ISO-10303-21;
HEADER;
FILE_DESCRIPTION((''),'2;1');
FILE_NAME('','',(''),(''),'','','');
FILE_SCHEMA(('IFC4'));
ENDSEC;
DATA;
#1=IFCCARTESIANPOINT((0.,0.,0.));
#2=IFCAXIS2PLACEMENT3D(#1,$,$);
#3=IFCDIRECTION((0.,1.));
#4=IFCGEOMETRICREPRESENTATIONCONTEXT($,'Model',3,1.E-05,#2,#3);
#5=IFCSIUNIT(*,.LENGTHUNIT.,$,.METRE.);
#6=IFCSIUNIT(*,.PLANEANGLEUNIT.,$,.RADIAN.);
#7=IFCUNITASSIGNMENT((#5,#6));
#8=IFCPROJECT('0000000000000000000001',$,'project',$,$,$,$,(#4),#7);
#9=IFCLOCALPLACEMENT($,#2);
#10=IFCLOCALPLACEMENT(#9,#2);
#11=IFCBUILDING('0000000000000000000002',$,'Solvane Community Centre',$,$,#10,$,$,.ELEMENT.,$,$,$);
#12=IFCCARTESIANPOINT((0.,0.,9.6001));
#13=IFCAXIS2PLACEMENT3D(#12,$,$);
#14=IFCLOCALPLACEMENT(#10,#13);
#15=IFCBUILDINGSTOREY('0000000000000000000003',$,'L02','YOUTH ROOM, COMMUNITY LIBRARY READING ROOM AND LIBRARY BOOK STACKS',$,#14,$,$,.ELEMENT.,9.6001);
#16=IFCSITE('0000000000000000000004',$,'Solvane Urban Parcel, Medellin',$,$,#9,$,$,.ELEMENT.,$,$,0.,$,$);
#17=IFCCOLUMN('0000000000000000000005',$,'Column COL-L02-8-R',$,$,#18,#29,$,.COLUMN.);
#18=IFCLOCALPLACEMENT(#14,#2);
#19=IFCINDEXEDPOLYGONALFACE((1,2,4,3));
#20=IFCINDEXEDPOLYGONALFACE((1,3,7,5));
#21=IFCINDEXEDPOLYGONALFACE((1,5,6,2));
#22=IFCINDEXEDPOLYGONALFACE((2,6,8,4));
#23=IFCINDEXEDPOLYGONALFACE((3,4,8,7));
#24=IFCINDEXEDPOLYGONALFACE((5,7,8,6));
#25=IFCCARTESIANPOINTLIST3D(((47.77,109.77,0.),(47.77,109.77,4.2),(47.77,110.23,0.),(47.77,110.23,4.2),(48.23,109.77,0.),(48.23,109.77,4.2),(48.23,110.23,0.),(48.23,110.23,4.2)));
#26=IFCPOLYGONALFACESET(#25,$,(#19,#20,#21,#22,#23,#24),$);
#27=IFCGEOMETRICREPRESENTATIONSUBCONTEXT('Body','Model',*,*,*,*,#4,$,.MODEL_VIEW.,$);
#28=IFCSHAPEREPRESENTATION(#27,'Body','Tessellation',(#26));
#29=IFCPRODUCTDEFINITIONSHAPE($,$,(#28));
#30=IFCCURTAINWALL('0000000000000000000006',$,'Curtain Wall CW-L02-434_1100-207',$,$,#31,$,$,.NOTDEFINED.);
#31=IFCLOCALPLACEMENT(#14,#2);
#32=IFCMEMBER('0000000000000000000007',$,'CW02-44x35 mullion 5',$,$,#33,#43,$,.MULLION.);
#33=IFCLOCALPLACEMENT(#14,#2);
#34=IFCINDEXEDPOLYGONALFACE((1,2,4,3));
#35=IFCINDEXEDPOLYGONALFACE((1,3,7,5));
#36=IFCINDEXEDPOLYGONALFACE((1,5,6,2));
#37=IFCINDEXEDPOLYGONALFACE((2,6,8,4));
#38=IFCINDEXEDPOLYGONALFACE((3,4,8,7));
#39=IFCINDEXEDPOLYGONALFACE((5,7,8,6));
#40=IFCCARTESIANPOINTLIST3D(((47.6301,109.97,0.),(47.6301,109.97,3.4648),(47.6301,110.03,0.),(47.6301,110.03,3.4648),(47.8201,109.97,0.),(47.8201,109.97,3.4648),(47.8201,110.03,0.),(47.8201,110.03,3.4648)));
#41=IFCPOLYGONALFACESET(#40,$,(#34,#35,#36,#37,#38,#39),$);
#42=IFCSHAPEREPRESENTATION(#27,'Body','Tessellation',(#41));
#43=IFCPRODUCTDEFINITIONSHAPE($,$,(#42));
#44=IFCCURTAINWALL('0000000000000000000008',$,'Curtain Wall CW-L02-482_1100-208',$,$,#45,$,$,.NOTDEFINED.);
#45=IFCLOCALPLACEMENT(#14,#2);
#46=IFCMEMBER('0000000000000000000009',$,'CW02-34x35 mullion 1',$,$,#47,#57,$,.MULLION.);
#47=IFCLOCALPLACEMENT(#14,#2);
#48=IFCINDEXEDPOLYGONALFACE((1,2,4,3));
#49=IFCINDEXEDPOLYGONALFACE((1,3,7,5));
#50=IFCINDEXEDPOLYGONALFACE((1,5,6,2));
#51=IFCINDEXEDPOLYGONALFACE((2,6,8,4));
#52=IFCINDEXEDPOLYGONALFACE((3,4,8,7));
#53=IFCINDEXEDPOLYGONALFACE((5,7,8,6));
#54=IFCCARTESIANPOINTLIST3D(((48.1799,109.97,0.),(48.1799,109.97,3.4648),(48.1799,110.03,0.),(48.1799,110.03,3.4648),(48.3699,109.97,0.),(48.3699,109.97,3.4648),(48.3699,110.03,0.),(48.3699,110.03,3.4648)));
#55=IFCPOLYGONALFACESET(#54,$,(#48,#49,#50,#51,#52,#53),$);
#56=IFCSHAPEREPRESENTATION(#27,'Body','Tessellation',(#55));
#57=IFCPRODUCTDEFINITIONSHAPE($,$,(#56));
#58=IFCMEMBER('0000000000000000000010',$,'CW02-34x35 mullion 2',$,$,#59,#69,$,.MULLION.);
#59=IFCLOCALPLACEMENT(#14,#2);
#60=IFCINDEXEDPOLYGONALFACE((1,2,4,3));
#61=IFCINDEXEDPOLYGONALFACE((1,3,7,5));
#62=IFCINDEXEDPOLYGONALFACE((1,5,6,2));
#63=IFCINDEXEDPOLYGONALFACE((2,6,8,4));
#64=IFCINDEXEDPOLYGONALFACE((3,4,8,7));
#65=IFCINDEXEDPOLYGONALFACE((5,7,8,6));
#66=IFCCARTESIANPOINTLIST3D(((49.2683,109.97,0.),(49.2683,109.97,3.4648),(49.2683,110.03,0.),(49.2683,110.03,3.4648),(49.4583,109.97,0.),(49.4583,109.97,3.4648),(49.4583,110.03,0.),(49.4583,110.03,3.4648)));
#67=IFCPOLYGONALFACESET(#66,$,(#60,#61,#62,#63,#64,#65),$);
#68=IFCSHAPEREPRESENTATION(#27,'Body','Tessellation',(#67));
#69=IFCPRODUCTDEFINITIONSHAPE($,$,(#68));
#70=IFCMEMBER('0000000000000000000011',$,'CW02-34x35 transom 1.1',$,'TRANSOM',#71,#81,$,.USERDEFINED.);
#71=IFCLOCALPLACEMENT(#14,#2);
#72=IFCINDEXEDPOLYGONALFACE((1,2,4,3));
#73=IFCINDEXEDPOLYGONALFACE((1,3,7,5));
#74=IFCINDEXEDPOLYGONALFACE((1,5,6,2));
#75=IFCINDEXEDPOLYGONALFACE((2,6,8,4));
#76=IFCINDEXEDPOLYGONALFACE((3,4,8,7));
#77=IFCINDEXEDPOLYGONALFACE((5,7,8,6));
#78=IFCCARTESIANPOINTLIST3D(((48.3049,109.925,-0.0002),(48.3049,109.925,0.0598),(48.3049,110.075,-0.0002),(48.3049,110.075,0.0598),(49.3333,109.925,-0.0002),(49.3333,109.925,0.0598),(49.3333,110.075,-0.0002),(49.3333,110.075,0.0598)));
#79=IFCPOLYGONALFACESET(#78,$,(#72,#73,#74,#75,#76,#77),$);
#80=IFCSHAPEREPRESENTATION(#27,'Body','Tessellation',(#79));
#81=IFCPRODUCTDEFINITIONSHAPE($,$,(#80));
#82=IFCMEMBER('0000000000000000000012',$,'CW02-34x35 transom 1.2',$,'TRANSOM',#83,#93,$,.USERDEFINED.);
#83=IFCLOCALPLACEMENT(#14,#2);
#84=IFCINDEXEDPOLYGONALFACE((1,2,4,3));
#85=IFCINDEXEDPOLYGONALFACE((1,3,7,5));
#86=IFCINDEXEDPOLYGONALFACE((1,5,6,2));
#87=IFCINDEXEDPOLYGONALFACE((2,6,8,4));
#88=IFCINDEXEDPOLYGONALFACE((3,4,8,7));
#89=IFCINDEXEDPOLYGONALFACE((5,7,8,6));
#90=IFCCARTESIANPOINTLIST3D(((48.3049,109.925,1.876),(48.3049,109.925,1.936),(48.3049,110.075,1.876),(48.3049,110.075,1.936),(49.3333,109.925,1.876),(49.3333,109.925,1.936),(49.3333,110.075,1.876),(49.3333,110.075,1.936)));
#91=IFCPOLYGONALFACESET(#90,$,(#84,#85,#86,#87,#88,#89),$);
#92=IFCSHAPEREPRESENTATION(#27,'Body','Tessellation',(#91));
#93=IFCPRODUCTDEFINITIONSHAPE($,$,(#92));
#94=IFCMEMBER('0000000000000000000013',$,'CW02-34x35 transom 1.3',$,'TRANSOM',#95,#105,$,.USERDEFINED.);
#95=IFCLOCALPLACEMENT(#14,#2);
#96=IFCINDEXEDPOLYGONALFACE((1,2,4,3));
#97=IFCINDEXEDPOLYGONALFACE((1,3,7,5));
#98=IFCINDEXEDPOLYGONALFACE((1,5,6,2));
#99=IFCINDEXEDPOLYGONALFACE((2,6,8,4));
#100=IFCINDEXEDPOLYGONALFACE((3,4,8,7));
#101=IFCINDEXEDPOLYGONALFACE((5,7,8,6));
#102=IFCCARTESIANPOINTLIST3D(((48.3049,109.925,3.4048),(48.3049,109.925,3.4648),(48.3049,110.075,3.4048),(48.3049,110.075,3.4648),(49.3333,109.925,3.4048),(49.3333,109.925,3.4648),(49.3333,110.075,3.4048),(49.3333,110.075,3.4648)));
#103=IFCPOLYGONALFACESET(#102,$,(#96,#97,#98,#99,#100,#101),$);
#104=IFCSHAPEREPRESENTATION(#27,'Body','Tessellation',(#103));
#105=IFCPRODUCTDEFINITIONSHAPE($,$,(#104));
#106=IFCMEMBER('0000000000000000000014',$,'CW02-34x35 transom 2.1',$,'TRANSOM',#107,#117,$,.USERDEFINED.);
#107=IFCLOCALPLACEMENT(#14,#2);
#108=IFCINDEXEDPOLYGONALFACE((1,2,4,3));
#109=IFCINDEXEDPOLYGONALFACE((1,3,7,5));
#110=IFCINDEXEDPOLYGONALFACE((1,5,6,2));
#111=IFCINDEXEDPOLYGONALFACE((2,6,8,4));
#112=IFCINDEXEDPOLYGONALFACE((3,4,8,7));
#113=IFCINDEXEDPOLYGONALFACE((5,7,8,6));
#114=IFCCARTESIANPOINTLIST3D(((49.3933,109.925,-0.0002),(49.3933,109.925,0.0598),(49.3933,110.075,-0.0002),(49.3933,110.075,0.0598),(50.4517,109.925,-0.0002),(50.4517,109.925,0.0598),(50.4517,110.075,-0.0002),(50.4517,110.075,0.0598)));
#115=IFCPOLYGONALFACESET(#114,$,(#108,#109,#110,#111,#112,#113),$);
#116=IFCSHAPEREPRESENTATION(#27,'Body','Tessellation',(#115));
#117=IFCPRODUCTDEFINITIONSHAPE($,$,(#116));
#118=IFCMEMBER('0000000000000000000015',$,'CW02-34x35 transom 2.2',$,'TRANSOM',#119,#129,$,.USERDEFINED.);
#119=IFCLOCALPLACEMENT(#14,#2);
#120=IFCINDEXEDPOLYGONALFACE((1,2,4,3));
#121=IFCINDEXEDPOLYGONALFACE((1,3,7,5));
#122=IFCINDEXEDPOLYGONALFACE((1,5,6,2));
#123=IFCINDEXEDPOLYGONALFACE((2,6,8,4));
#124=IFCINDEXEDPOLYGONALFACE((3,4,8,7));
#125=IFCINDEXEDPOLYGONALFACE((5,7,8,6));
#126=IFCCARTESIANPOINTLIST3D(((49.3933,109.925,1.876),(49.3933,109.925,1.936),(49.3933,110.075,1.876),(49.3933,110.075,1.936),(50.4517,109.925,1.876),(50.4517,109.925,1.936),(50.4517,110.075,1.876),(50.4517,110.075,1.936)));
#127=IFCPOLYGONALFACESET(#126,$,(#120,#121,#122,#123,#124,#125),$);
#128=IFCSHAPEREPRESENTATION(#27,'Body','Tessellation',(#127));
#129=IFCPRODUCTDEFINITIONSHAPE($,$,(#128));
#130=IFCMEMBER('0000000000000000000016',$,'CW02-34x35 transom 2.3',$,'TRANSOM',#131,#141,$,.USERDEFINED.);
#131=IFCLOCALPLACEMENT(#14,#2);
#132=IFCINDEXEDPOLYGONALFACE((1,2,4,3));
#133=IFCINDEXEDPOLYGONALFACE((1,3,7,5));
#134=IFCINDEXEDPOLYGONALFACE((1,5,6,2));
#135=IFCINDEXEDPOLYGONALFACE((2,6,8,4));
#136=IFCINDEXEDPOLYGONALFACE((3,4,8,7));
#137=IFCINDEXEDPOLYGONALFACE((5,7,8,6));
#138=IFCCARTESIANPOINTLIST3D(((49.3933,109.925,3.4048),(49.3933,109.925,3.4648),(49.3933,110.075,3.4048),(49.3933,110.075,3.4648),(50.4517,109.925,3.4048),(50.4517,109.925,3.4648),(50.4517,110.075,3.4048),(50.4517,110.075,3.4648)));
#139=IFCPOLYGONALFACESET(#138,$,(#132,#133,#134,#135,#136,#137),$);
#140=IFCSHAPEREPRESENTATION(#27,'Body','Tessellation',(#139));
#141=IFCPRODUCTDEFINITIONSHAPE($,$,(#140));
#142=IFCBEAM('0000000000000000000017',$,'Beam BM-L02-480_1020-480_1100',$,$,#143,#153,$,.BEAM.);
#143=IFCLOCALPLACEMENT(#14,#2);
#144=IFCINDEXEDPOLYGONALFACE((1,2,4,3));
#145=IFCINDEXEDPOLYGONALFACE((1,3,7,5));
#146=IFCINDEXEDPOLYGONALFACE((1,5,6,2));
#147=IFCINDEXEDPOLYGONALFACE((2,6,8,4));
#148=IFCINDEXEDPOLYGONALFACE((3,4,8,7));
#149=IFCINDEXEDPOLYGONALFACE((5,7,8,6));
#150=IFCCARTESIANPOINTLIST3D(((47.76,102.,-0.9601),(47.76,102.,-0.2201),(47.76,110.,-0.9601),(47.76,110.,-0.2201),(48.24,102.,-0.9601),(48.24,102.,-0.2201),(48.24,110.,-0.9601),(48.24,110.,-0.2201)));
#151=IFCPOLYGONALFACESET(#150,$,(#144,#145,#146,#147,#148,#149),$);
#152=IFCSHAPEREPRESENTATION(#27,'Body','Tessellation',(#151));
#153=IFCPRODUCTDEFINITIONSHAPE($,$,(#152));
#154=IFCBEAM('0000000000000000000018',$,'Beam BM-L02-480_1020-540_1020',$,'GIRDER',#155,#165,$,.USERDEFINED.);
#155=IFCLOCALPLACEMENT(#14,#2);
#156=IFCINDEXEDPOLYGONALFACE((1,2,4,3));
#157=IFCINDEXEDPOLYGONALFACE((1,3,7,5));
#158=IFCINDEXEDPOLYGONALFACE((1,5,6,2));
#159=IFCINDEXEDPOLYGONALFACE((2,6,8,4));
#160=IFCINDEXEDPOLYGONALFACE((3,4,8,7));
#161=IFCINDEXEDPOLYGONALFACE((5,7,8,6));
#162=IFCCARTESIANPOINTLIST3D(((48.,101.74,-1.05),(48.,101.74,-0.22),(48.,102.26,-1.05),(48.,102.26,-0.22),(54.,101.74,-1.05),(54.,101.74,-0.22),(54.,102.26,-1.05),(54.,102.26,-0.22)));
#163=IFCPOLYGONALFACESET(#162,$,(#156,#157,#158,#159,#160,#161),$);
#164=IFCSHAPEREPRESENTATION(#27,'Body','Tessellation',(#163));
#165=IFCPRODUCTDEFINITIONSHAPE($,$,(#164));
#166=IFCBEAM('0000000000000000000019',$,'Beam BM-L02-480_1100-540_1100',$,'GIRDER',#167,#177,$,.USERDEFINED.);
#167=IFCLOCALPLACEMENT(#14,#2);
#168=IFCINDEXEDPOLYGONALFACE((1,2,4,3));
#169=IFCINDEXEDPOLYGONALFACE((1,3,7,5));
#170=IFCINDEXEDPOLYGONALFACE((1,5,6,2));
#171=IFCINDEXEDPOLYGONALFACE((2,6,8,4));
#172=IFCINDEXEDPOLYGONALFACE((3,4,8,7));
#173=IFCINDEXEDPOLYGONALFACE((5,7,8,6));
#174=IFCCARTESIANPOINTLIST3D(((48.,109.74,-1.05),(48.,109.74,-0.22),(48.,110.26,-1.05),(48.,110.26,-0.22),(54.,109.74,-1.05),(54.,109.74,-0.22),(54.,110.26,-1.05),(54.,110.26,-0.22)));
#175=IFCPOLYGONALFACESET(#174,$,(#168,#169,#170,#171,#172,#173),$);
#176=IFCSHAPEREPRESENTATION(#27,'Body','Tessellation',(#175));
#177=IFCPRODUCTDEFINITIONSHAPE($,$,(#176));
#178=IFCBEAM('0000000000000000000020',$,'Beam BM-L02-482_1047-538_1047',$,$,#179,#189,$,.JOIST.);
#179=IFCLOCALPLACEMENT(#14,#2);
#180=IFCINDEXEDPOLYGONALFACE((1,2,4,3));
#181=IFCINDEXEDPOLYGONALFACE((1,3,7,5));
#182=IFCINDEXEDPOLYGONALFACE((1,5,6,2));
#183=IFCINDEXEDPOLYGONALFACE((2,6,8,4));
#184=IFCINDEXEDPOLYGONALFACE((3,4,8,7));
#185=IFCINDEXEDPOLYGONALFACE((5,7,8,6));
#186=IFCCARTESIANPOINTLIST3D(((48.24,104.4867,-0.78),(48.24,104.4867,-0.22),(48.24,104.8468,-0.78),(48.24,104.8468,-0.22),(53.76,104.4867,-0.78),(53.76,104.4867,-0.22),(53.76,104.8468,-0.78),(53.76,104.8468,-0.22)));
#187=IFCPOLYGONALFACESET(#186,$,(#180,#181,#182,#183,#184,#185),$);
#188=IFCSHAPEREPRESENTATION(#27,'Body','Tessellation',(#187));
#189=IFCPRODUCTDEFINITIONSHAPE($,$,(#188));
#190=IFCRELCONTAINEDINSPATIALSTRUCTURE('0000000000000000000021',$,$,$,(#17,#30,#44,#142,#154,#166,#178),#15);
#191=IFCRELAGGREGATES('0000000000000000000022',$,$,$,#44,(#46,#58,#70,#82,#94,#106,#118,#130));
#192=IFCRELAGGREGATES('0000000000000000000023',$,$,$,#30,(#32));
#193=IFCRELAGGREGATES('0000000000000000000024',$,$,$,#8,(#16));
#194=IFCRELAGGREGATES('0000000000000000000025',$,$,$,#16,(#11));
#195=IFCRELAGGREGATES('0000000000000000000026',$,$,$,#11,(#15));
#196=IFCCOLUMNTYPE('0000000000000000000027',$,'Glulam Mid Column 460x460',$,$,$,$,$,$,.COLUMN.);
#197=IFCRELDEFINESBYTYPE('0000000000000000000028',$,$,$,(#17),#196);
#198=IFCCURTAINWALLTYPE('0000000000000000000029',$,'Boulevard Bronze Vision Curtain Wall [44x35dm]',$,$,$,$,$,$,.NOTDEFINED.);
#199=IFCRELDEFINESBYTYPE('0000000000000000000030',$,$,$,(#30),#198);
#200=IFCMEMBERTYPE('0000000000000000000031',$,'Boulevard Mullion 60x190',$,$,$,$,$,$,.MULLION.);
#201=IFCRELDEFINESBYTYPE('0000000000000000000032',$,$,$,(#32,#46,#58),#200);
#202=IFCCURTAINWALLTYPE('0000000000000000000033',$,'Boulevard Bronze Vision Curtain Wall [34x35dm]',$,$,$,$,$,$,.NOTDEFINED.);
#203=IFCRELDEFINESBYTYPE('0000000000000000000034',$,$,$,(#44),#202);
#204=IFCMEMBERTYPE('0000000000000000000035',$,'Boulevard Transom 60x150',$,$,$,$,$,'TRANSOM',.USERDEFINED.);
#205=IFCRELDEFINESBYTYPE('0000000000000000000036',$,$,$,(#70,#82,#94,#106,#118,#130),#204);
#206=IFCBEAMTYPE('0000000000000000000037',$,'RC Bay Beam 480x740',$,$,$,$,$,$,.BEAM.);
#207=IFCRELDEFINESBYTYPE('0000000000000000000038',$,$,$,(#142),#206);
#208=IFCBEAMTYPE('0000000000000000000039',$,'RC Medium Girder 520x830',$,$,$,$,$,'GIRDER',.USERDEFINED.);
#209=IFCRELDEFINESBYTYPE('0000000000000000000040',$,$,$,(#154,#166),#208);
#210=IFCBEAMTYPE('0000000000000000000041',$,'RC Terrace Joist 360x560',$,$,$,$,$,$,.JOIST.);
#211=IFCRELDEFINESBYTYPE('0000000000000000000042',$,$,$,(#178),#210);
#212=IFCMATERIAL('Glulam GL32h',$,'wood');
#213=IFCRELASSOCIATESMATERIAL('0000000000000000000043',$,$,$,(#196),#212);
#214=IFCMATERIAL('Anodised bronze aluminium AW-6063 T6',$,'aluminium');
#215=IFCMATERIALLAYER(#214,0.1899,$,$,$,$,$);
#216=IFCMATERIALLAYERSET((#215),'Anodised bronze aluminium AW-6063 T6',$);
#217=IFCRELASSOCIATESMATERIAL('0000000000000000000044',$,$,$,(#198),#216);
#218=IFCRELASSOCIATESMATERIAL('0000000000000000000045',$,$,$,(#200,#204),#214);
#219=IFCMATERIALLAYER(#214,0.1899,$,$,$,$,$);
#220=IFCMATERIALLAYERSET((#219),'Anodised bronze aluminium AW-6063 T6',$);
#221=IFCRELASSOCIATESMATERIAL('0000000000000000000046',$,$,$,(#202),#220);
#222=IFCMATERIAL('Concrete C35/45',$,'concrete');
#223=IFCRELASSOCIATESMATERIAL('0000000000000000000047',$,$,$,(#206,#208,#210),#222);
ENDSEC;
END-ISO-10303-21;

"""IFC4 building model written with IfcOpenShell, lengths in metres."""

from ifc_helpers import new_model, si_unit, direction, frame, origin, origin_2d, place, context, subcontext, project, spatial, rectangle, extrude, material, layer, layer_set, material_profile, profile_set, type_object, element, aggregate, save


model = new_model("IFC4")

# Units and contexts
model_context = context("Model", 3, precision=1e-05, world=origin(), true_north=direction((0.0, 1.0)))
body_context = subcontext(model_context, "Body", "Model", "MODEL_VIEW")
ifc_project = project(units=[si_unit("LENGTHUNIT", "METRE"), si_unit("PLANEANGLEUNIT", "RADIAN")], contexts=[model_context])

# Site, building, storey
site_placement = place(None, origin())
site = spatial("IfcSite", under=ifc_project, at=site_placement, Name="Solvane Urban Parcel, Medellin", CompositionType="ELEMENT", RefElevation=0.0)
building_placement = place(site_placement, origin())
building = spatial("IfcBuilding", under=site, at=building_placement, Name="Solvane Community Centre", CompositionType="ELEMENT")
storey_placement = place(building_placement, frame((0.0, 0.0, 9.6001)))
storey = spatial("IfcBuildingStorey", under=building, at=storey_placement, Name="L02", Description="YOUTH ROOM, COMMUNITY LIBRARY READING ROOM AND LIBRARY BOOK STACKS", CompositionType="ELEMENT", Elevation=9.6001)

# Column
ifc_material_1 = material(Name="Glulam GL32h", Category="wood")
ifc_material_profile_1 = material_profile(ifc_material_1, rectangle(XDim=0.46, YDim=0.46, at=origin_2d()), Name="GL32h 460x460")
ifc_profile_set_1 = profile_set([ifc_material_profile_1], Name="Glulam GL32h")
column_type = type_object("IfcColumnType", Name="Glulam Mid Column 460x460", PredefinedType="COLUMN", material=ifc_profile_set_1)
column_placement = place(storey_placement, frame((48.0, 110.0, 0.0), z_axis=(0.0, 0.0, 1.0), x_axis=(1.0, 0.0, 0.0)))
element("IfcColumn", 1, at=column_placement, inside=storey, type_object=column_type, Name="Column COL-L02-8-R", PredefinedType="COLUMN", context=body_context, shape_type="SweptSolid", body=[
    extrude(rectangle(XDim=0.46, YDim=0.46, at=origin_2d()), origin(), (0.0, 0.0, 1.0), 4.2),
])

# Curtain wall, member
ifc_material_2 = material(Name="Anodised bronze aluminium AW-6063 T6", Category="aluminium")
ifc_layer_1 = layer(ifc_material_2, 0.1899)
ifc_layer_set_1 = layer_set([ifc_layer_1], Name="Anodised bronze aluminium AW-6063 T6")
curtain_wall_type_1 = type_object("IfcCurtainWallType", Name="Boulevard Bronze Vision Curtain Wall [44x35dm]", PredefinedType="NOTDEFINED", material=ifc_layer_set_1)
curtain_wall_1_placement = place(storey_placement, origin())
curtain_wall_1 = element("IfcCurtainWall", 2, at=curtain_wall_1_placement, inside=storey, type_object=curtain_wall_type_1, Name="Curtain Wall CW-L02-434_1100-207", PredefinedType="NOTDEFINED")
ifc_material_profile_2 = material_profile(ifc_material_2, rectangle(XDim=0.0601, YDim=0.1899, at=origin_2d()), Name="CW-M 60x190")
ifc_profile_set_2 = profile_set([ifc_material_profile_2], Name="Anodised bronze aluminium AW-6063 T6")
member_type_1 = type_object("IfcMemberType", Name="Boulevard Mullion 60x190", PredefinedType="MULLION", material=ifc_profile_set_2)
member_1_placement = place(storey_placement, frame((47.7251, 110.0, 0.0), z_axis=(0.0, 0.0, 1.0), x_axis=(0.0, 1.0, 0.0)))
member_1 = element("IfcMember", 3, at=member_1_placement, type_object=member_type_1, Name="CW02-44x35 mullion 5", PredefinedType="MULLION", context=body_context, shape_type="SweptSolid", body=[
    extrude(rectangle(XDim=0.0601, YDim=0.1899, at=origin_2d()), origin(), (0.0, 0.0, 1.0), 3.4648),
])

# Curtain wall, members
ifc_layer_2 = layer(ifc_material_2, 0.1899)
ifc_layer_set_2 = layer_set([ifc_layer_2], Name="Anodised bronze aluminium AW-6063 T6")
curtain_wall_type_2 = type_object("IfcCurtainWallType", Name="Boulevard Bronze Vision Curtain Wall [34x35dm]", PredefinedType="NOTDEFINED", material=ifc_layer_set_2)
curtain_wall_2_placement = place(storey_placement, origin())
curtain_wall_2 = element("IfcCurtainWall", 4, at=curtain_wall_2_placement, inside=storey, type_object=curtain_wall_type_2, Name="Curtain Wall CW-L02-482_1100-208", PredefinedType="NOTDEFINED")
member_2_placement = place(storey_placement, frame((48.2749, 110.0, 0.0), z_axis=(0.0, 0.0, 1.0), x_axis=(0.0, 1.0, 0.0)))
member_2 = element("IfcMember", 5, at=member_2_placement, type_object=member_type_1, Name="CW02-34x35 mullion 1", PredefinedType="MULLION", context=body_context, shape_type="SweptSolid", body=[
    extrude(rectangle(XDim=0.0601, YDim=0.1899, at=origin_2d()), origin(), (0.0, 0.0, 1.0), 3.4648),
])
member_3_placement = place(storey_placement, frame((49.3633, 110.0, 0.0), z_axis=(0.0, 0.0, 1.0), x_axis=(0.0, 1.0, 0.0)))
member_3 = element("IfcMember", 6, at=member_3_placement, type_object=member_type_1, Name="CW02-34x35 mullion 2", PredefinedType="MULLION", context=body_context, shape_type="SweptSolid", body=[
    extrude(rectangle(XDim=0.0601, YDim=0.1899, at=origin_2d()), origin(), (0.0, 0.0, 1.0), 3.4648),
])
ifc_material_profile_3 = material_profile(ifc_material_2, rectangle(XDim=0.1499, YDim=0.0601, at=origin_2d()), Name="CW-T 60x150")
ifc_profile_set_3 = profile_set([ifc_material_profile_3], Name="Anodised bronze aluminium AW-6063 T6")
member_type_2 = type_object("IfcMemberType", Name="Boulevard Transom 60x150", ElementType="TRANSOM", PredefinedType="USERDEFINED", material=ifc_profile_set_3)
member_4_placement = place(storey_placement, frame((48.3049, 110.0, 0.0298), z_axis=(1.0, 0.0, 0.0), x_axis=(0.0, 1.0, 0.0)))
member_4 = element("IfcMember", 7, at=member_4_placement, type_object=member_type_2, Name="CW02-34x35 transom 1.1", ObjectType="TRANSOM", PredefinedType="USERDEFINED", context=body_context, shape_type="SweptSolid", body=[
    extrude(rectangle(XDim=0.1499, YDim=0.0601, at=origin_2d()), origin(), (0.0, 0.0, 1.0), 1.0283),
])
member_5_placement = place(storey_placement, frame((48.3049, 110.0, 1.906), z_axis=(1.0, 0.0, 0.0), x_axis=(0.0, 1.0, 0.0)))
member_5 = element("IfcMember", 8, at=member_5_placement, type_object=member_type_2, Name="CW02-34x35 transom 1.2", ObjectType="TRANSOM", PredefinedType="USERDEFINED", context=body_context, shape_type="SweptSolid", body=[
    extrude(rectangle(XDim=0.1499, YDim=0.0601, at=origin_2d()), origin(), (0.0, 0.0, 1.0), 1.0283),
])
member_6_placement = place(storey_placement, frame((48.3049, 110.0, 3.4348), z_axis=(1.0, 0.0, 0.0), x_axis=(0.0, 1.0, 0.0)))
member_6 = element("IfcMember", 9, at=member_6_placement, type_object=member_type_2, Name="CW02-34x35 transom 1.3", ObjectType="TRANSOM", PredefinedType="USERDEFINED", context=body_context, shape_type="SweptSolid", body=[
    extrude(rectangle(XDim=0.1499, YDim=0.0601, at=origin_2d()), origin(), (0.0, 0.0, 1.0), 1.0283),
])
member_7_placement = place(storey_placement, frame((49.3933, 110.0, 0.0298), z_axis=(1.0, 0.0, 0.0), x_axis=(0.0, 1.0, 0.0)))
member_7 = element("IfcMember", 10, at=member_7_placement, type_object=member_type_2, Name="CW02-34x35 transom 2.1", ObjectType="TRANSOM", PredefinedType="USERDEFINED", context=body_context, shape_type="SweptSolid", body=[
    extrude(rectangle(XDim=0.1499, YDim=0.0601, at=origin_2d()), origin(), (0.0, 0.0, 1.0), 1.0583),
])
member_8_placement = place(storey_placement, frame((49.3933, 110.0, 1.906), z_axis=(1.0, 0.0, 0.0), x_axis=(0.0, 1.0, 0.0)))
member_8 = element("IfcMember", 11, at=member_8_placement, type_object=member_type_2, Name="CW02-34x35 transom 2.2", ObjectType="TRANSOM", PredefinedType="USERDEFINED", context=body_context, shape_type="SweptSolid", body=[
    extrude(rectangle(XDim=0.1499, YDim=0.0601, at=origin_2d()), origin(), (0.0, 0.0, 1.0), 1.0583),
])
member_9_placement = place(storey_placement, frame((49.3933, 110.0, 3.4348), z_axis=(1.0, 0.0, 0.0), x_axis=(0.0, 1.0, 0.0)))
member_9 = element("IfcMember", 12, at=member_9_placement, type_object=member_type_2, Name="CW02-34x35 transom 2.3", ObjectType="TRANSOM", PredefinedType="USERDEFINED", context=body_context, shape_type="SweptSolid", body=[
    extrude(rectangle(XDim=0.1499, YDim=0.0601, at=origin_2d()), origin(), (0.0, 0.0, 1.0), 1.0583),
])

# Beams
ifc_material_3 = material(Name="Concrete C35/45", Category="concrete")
ifc_material_profile_4 = material_profile(ifc_material_3, rectangle(XDim=0.48, YDim=0.74, at=origin_2d()), Name="RC 480x740")
ifc_profile_set_4 = profile_set([ifc_material_profile_4], Name="Concrete C35/45")
beam_type_1 = type_object("IfcBeamType", Name="RC Bay Beam 480x740", PredefinedType="BEAM", material=ifc_profile_set_4)
beam_placement = place(storey_placement, frame((48.0, 102.0, -0.5901), z_axis=(0.0, 1.0, 0.0), x_axis=(-1.0, 0.0, 0.0)))
element("IfcBeam", 13, at=beam_placement, inside=storey, type_object=beam_type_1, Name="Beam BM-L02-480_1020-480_1100", PredefinedType="BEAM", context=body_context, shape_type="SweptSolid", body=[
    extrude(rectangle(XDim=0.48, YDim=0.74, at=origin_2d()), origin(), (0.0, 0.0, 1.0), 8.0),
])
ifc_material_profile_5 = material_profile(ifc_material_3, rectangle(XDim=0.52, YDim=0.8301, at=origin_2d()), Name="RC 520x830")
ifc_profile_set_5 = profile_set([ifc_material_profile_5], Name="Concrete C35/45")
beam_type_2 = type_object("IfcBeamType", Name="RC Medium Girder 520x830", ElementType="GIRDER", PredefinedType="USERDEFINED", material=ifc_profile_set_5)
for number, where, z_axis, x_axis, name in (
    (14, (48.0, 102.0, -0.635), (1.0, 0.0, 0.0), (0.0, 1.0, 0.0), "Beam BM-L02-480_1020-540_1020"),
    (15, (48.0, 110.0, -0.635), (1.0, 0.0, 0.0), (0.0, 1.0, 0.0), "Beam BM-L02-480_1100-540_1100"),
):
    element("IfcBeam", number, at=place(storey_placement, frame(where, z_axis=z_axis, x_axis=x_axis)), inside=storey, type_object=beam_type_2, Name=name, ObjectType="GIRDER", PredefinedType="USERDEFINED", context=body_context, shape_type="SweptSolid", body=[
        extrude(rectangle(XDim=0.52, YDim=0.8301, at=origin_2d()), origin(), (0.0, 0.0, 1.0), 6.0),
    ])
ifc_material_profile_6 = material_profile(ifc_material_3, rectangle(XDim=0.3601, YDim=0.5601, at=origin_2d()), Name="RC 360x560")
ifc_profile_set_6 = profile_set([ifc_material_profile_6], Name="Concrete C35/45")
beam_type_3 = type_object("IfcBeamType", Name="RC Terrace Joist 360x560", PredefinedType="JOIST", material=ifc_profile_set_6)
for number, where, z_axis, x_axis, name in (
    (16, (48.24, 104.6667, -0.5), (1.0, 0.0, 0.0), (0.0, 1.0, 0.0), "Beam BM-L02-482_1047-538_1047"),
):
    element("IfcBeam", number, at=place(storey_placement, frame(where, z_axis=z_axis, x_axis=x_axis)), inside=storey, type_object=beam_type_3, Name=name, PredefinedType="JOIST", context=body_context, shape_type="SweptSolid", body=[
        extrude(rectangle(XDim=0.3601, YDim=0.5601, at=origin_2d()), origin(), (0.0, 0.0, 1.0), 5.52),
    ])

aggregate(curtain_wall_2, [member_2, member_3, member_4, member_5, member_6, member_7, member_8, member_9])
aggregate(curtain_wall_1, [member_1])

save(model, "model.ifc")
